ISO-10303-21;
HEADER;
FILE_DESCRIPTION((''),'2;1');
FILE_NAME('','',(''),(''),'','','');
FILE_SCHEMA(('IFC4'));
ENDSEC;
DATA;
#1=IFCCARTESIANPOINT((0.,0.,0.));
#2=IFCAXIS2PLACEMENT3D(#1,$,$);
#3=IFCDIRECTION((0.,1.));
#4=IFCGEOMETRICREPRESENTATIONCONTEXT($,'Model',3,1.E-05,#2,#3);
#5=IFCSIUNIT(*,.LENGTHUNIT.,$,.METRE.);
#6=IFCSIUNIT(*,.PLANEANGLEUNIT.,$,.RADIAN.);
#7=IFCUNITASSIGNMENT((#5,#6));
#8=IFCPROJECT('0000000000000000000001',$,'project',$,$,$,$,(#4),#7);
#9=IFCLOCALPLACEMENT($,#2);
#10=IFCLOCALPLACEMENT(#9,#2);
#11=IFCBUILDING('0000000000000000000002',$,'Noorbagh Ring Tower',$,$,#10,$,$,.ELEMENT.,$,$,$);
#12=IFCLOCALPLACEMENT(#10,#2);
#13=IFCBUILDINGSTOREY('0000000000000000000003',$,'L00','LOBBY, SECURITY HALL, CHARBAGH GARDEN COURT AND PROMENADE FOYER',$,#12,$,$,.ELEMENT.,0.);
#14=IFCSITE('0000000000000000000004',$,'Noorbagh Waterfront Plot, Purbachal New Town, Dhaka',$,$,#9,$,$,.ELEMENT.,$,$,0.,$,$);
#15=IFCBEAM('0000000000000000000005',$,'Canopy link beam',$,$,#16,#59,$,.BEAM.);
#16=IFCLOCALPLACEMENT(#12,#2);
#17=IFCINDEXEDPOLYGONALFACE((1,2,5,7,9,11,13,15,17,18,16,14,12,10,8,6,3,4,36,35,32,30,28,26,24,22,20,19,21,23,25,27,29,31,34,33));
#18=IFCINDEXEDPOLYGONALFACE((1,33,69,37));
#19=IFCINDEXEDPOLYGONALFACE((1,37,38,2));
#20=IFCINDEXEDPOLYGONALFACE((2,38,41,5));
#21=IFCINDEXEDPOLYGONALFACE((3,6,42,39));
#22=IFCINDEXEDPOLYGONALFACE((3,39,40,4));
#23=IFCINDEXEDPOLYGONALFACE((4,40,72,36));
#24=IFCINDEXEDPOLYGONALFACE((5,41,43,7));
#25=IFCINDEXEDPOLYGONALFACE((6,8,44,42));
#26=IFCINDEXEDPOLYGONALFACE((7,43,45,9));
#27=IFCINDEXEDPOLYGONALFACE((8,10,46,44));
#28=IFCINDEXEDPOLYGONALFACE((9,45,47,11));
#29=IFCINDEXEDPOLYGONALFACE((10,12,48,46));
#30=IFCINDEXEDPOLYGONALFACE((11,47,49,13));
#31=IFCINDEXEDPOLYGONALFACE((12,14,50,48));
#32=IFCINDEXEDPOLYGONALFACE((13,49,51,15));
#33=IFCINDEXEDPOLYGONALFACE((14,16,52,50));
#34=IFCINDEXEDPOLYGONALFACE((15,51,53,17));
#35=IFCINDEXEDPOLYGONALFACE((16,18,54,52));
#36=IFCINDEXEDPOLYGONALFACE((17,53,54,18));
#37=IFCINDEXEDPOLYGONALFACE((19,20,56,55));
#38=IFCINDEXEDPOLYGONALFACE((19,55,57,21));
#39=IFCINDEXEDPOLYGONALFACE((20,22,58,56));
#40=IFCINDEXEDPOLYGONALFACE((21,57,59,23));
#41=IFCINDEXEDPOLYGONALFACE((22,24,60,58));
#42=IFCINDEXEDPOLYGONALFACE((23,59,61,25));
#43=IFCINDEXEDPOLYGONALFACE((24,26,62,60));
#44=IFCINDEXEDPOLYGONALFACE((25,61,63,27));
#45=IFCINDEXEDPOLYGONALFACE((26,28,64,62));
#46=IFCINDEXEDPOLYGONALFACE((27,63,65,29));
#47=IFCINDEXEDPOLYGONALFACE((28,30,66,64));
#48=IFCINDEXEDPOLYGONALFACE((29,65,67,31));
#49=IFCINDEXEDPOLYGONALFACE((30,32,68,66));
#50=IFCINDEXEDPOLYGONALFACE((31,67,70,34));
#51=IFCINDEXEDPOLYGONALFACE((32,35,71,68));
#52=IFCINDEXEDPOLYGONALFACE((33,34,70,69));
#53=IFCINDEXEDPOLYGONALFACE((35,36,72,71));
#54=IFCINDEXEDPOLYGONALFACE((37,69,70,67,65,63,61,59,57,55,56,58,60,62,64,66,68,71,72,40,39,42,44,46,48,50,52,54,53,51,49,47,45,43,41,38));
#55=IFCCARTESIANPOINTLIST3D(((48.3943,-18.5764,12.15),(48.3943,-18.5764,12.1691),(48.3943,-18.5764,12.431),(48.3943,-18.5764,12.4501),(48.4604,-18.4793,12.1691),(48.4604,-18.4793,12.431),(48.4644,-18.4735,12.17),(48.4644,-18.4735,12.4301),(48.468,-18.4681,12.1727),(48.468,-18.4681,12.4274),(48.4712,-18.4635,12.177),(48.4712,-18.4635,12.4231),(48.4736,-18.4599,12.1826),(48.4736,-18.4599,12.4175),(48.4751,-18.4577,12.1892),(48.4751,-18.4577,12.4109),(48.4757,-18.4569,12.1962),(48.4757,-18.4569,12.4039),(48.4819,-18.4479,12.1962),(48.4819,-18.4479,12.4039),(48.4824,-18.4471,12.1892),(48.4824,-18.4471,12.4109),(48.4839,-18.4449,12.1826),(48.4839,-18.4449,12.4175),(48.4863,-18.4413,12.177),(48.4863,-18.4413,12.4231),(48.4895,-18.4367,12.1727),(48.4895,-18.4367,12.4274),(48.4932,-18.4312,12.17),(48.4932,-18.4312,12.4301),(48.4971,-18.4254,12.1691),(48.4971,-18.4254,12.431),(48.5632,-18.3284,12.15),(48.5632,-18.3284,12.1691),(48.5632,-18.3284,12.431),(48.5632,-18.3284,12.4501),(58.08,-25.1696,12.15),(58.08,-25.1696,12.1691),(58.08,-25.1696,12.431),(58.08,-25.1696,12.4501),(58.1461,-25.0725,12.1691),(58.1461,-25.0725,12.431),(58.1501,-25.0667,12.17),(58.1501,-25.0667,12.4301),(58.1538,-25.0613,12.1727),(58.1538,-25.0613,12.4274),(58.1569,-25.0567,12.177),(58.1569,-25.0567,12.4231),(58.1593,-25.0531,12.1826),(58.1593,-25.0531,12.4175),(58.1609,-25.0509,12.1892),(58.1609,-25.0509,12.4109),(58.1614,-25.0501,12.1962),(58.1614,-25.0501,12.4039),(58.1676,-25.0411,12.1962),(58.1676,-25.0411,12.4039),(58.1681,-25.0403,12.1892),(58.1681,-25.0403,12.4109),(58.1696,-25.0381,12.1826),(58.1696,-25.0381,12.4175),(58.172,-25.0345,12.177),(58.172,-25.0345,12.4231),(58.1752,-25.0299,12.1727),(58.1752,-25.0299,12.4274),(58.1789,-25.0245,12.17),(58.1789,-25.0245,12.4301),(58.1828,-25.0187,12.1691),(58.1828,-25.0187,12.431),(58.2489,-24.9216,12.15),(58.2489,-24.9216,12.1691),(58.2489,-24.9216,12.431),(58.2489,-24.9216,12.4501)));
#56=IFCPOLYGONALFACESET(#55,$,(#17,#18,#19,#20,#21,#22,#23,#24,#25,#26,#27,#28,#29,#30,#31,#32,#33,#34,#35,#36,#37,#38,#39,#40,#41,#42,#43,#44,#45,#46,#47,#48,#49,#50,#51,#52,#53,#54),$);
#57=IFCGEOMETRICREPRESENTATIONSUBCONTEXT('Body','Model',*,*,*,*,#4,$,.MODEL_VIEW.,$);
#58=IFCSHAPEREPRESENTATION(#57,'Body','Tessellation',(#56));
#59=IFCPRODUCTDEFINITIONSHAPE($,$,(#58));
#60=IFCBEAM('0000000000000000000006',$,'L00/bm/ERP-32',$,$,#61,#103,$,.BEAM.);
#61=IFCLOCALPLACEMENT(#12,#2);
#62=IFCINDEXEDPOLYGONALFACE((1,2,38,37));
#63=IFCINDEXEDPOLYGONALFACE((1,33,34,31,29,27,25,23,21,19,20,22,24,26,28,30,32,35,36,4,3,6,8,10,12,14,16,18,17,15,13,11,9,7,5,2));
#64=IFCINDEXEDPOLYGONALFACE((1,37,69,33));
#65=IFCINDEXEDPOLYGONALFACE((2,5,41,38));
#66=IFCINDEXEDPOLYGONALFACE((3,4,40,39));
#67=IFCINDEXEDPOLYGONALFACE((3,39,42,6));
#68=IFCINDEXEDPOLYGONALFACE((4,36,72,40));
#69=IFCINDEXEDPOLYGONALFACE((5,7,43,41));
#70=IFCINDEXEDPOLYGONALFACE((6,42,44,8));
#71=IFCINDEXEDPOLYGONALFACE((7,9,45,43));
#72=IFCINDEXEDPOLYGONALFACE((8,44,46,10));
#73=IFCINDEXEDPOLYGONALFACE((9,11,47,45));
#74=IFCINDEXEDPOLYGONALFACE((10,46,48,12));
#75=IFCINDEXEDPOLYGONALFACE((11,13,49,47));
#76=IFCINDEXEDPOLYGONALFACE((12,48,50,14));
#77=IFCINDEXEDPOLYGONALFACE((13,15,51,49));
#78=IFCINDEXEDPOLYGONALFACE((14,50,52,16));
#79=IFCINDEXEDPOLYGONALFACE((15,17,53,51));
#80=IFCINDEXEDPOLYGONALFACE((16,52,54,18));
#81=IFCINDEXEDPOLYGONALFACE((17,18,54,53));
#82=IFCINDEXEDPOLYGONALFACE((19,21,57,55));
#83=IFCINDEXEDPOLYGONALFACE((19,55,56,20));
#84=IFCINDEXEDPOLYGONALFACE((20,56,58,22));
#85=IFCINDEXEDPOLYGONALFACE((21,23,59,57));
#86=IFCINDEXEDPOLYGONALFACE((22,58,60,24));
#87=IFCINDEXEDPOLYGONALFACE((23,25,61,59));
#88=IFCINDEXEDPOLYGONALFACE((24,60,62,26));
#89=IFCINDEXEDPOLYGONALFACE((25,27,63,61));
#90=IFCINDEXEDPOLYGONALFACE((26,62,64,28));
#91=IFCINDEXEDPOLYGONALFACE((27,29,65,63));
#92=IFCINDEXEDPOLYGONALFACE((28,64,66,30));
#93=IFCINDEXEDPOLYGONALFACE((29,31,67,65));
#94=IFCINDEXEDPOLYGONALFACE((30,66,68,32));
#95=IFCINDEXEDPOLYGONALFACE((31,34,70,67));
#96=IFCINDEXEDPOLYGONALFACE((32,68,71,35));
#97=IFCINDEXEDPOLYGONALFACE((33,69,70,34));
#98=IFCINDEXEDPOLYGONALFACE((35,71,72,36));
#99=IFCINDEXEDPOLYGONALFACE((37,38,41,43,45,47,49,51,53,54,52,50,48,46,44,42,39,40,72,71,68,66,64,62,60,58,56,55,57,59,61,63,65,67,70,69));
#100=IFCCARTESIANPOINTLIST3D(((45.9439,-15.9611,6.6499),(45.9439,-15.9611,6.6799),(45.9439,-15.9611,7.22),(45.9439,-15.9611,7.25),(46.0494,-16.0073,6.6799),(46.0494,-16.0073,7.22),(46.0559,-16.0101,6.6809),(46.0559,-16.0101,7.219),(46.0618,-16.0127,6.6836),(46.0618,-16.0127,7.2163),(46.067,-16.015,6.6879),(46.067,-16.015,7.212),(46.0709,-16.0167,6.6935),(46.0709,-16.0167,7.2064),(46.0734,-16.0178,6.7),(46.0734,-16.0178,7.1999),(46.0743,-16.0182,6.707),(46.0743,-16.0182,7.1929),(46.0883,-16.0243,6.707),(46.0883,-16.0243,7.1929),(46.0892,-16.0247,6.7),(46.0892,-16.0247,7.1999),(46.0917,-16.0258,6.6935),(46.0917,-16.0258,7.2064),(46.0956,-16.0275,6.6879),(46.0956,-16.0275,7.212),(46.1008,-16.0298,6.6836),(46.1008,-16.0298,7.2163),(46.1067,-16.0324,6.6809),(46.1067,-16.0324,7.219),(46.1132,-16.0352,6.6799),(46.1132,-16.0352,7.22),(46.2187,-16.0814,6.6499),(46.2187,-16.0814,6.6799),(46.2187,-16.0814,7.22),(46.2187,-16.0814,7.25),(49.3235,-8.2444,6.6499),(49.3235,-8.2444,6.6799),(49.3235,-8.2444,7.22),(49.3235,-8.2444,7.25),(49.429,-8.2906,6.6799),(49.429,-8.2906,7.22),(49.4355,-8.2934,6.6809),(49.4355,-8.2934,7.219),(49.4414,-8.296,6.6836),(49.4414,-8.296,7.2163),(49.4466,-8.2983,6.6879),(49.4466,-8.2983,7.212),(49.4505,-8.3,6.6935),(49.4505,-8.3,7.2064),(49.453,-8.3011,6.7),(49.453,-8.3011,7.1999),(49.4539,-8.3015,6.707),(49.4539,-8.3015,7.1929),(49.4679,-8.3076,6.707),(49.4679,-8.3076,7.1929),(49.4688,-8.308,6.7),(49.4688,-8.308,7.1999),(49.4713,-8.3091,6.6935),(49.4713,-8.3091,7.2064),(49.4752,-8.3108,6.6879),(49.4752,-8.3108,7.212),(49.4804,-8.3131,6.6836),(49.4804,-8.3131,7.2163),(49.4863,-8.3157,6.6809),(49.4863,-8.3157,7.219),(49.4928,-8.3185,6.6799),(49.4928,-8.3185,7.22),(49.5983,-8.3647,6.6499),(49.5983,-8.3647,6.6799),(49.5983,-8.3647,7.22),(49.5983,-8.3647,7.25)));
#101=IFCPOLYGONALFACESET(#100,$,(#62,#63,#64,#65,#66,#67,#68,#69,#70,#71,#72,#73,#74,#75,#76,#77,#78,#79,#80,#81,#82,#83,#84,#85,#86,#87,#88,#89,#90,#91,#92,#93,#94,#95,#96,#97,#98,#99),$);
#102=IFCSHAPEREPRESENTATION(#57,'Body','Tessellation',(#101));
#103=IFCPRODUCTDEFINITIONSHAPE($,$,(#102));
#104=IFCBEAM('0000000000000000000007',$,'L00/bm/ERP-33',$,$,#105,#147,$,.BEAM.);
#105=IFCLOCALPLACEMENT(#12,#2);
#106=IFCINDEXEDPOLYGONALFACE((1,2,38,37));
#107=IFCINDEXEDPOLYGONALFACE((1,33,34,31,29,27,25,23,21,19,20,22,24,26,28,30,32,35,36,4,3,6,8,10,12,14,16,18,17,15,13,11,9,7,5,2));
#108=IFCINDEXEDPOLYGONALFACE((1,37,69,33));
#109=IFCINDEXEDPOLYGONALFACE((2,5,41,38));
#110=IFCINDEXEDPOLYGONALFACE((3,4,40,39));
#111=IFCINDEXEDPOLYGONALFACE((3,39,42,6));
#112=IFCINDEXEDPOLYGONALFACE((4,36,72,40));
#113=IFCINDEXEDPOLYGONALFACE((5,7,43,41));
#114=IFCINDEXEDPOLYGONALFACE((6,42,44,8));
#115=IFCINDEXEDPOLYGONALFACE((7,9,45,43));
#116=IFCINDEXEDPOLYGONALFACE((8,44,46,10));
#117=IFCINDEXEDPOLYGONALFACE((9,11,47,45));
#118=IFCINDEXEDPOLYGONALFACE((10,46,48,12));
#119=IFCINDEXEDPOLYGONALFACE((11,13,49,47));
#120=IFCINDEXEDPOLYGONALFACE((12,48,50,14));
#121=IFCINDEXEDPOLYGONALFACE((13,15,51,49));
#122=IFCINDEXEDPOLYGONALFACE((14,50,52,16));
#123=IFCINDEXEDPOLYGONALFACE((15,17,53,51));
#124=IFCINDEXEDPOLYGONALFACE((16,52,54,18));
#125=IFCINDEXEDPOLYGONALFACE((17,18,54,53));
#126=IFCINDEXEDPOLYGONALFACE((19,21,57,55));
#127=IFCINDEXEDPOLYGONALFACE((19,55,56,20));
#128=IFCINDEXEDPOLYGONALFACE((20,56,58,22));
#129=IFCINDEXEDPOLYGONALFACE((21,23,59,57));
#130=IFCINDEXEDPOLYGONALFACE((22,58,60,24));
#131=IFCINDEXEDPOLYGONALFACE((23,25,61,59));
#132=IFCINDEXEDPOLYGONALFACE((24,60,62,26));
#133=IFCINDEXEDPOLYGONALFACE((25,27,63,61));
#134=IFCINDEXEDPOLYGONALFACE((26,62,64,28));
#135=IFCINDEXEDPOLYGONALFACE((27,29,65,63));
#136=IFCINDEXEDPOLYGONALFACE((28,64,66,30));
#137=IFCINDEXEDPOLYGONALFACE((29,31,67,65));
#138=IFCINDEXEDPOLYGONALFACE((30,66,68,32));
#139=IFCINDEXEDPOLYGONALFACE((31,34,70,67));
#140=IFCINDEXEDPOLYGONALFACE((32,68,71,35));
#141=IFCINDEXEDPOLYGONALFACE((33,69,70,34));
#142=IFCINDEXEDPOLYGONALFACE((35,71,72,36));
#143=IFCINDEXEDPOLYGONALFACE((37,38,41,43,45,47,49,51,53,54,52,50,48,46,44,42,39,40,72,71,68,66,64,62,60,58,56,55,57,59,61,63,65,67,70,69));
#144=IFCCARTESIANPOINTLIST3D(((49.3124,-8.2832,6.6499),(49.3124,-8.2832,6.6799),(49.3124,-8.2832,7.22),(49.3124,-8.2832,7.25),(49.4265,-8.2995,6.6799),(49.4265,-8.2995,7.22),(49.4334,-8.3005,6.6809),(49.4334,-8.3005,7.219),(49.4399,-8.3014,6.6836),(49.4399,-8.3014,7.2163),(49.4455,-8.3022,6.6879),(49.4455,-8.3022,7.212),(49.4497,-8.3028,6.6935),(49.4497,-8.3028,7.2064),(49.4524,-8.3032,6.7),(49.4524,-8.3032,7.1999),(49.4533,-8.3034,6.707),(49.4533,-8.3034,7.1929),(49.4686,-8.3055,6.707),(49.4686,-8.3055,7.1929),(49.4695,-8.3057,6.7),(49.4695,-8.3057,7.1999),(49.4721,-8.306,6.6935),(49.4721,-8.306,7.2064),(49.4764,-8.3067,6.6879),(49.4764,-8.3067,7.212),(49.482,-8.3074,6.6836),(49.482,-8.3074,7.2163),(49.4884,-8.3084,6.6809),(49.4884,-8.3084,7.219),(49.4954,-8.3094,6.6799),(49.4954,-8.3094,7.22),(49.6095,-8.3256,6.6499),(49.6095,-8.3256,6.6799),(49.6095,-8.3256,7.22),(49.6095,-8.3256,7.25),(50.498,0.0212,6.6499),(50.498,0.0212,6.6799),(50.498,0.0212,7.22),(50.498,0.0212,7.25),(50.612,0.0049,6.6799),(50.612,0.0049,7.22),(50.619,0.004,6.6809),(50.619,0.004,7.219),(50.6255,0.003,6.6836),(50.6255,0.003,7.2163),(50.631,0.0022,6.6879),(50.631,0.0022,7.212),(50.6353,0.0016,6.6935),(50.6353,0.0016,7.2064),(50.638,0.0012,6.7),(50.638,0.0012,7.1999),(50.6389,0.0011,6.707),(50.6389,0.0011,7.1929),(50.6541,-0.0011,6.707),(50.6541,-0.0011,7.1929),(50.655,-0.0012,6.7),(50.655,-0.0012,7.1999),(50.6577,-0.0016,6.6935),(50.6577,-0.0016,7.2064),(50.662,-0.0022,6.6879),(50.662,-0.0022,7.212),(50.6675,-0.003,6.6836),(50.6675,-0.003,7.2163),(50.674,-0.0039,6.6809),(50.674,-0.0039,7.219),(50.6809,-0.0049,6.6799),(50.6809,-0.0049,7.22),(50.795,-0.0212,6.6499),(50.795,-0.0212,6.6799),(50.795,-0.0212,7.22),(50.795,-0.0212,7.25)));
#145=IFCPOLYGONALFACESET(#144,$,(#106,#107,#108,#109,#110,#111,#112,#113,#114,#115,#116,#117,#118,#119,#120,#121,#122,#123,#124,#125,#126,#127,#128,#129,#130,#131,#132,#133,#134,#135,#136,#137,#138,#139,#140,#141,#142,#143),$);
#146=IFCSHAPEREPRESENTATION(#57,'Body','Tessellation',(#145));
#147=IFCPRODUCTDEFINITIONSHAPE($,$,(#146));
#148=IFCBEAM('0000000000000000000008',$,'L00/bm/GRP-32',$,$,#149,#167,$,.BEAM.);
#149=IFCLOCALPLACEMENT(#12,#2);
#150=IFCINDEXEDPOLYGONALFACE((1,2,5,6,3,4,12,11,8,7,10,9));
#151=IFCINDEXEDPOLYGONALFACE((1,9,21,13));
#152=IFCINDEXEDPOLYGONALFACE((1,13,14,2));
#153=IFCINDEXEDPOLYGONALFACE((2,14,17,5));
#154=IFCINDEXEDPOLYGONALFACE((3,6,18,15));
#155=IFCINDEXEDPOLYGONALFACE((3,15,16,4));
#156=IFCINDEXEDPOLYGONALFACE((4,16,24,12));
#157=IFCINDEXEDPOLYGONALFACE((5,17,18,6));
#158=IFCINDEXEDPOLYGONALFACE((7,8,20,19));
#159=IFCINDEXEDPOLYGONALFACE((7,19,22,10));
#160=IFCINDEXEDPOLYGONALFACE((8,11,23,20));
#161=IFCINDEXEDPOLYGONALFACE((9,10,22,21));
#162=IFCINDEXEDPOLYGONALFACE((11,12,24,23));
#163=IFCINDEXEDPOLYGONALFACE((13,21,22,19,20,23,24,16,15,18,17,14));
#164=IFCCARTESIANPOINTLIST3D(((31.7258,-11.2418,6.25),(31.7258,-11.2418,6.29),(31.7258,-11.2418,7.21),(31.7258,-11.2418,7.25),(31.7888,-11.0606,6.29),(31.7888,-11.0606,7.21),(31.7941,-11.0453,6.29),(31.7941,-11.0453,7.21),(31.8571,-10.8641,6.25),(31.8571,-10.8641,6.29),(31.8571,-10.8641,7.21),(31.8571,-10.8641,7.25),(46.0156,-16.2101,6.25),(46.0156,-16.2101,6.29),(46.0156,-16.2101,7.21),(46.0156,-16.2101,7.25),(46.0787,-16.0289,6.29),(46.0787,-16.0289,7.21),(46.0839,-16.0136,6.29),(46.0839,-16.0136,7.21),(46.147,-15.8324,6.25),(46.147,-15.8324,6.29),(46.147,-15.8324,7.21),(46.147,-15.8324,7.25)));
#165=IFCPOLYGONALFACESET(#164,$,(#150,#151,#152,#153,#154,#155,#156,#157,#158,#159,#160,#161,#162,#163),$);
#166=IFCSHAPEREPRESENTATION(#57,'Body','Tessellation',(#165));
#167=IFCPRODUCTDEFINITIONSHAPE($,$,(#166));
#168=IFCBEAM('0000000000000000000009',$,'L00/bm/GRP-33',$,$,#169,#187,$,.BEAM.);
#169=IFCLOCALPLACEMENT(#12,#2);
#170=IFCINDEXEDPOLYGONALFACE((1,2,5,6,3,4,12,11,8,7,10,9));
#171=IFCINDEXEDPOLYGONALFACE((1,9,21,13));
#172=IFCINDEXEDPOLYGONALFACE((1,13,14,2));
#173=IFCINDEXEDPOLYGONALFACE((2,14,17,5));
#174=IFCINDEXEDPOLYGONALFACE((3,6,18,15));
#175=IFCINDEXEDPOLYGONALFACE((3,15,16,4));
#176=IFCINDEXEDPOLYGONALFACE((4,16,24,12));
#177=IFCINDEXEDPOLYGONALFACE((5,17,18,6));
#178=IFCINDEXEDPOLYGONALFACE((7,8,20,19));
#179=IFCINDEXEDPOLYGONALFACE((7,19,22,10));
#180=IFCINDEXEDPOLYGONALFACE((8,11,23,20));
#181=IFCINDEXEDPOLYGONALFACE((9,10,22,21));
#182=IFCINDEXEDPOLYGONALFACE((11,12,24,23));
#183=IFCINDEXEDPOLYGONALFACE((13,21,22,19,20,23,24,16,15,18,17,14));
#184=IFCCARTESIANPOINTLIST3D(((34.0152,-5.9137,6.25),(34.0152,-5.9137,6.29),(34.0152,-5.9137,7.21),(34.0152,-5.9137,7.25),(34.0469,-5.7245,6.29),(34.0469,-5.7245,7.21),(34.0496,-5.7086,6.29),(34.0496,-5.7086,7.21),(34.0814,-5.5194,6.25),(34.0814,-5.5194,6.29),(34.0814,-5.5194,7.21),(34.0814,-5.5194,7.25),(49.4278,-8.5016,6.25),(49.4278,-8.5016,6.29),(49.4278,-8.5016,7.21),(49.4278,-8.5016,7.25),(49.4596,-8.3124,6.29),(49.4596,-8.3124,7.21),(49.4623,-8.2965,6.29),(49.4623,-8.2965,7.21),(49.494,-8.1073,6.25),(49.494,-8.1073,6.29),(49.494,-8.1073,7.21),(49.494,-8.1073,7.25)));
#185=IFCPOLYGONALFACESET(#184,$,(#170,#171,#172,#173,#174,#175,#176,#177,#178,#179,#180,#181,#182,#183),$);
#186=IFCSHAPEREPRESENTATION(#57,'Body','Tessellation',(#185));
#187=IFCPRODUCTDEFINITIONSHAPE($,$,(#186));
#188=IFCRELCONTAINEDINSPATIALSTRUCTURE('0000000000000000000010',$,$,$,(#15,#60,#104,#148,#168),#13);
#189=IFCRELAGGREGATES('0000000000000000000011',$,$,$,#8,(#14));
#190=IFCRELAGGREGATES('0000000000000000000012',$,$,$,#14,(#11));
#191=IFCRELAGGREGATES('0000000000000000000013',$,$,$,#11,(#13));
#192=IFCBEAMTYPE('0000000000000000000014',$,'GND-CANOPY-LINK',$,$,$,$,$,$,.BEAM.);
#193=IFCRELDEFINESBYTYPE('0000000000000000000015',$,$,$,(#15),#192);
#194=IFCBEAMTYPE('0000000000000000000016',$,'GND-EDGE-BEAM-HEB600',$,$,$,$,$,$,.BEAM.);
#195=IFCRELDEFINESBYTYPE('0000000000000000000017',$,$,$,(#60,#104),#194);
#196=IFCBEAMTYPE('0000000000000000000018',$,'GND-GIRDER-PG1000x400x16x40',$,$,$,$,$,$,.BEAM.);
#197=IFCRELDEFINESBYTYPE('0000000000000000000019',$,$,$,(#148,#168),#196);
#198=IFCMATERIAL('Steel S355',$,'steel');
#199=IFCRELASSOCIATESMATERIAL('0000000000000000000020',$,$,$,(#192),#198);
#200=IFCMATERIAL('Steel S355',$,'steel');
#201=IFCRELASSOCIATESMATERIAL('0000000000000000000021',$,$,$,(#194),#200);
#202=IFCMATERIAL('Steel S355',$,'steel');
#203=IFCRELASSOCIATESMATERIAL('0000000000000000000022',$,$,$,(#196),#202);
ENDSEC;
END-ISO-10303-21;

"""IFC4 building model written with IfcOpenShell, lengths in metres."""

from ifc_helpers import new_model, si_unit, direction, frame, origin, origin_2d, place, context, subcontext, project, spatial, i_section, extrude, material, material_profile, profile_set, type_object, element, save


model = new_model("IFC4")

# Units and contexts
model_context = context("Model", 3, precision=1e-05, world=origin(), true_north=direction((0.0, 1.0)))
body_context = subcontext(model_context, "Body", "Model", "MODEL_VIEW")
ifc_project = project(units=[si_unit("LENGTHUNIT", "METRE"), si_unit("PLANEANGLEUNIT", "RADIAN")], contexts=[model_context])

# Site, building, storey
site_placement = place(None, origin())
site = spatial("IfcSite", under=ifc_project, at=site_placement, Name="Noorbagh Waterfront Plot, Purbachal New Town, Dhaka", CompositionType="ELEMENT", RefElevation=0.0)
building_placement = place(site_placement, origin())
building = spatial("IfcBuilding", under=site, at=building_placement, Name="Noorbagh Ring Tower", CompositionType="ELEMENT")
storey_placement = place(building_placement, origin())
storey = spatial("IfcBuildingStorey", under=building, at=storey_placement, Name="L00", Description="LOBBY, SECURITY HALL, CHARBAGH GARDEN COURT AND PROMENADE FOYER", CompositionType="ELEMENT", Elevation=0.0)

# Beams
ifc_material_1 = material(Name="Steel S355", Category="steel")
ifc_material_profile_1 = material_profile(ifc_material_1, i_section(OverallWidth=0.3, OverallDepth=0.3, WebThickness=0.011, FlangeThickness=0.019, FilletRadius=0.0271, at=origin_2d()), Name="HEB300")
ifc_profile_set_1 = profile_set([ifc_material_profile_1], Name="Steel S355")
beam_type_1 = type_object("IfcBeamType", Name="GND-CANOPY-LINK", PredefinedType="BEAM", material=ifc_profile_set_1)
beam_1_placement = place(storey_placement, frame((48.4788, -18.4524, 12.3), z_axis=(0.826652, -0.562714, 0.0), x_axis=(0.562714, 0.826652, 0.0)))
element("IfcBeam", 1, at=beam_1_placement, inside=storey, type_object=beam_type_1, Name="Canopy link beam", PredefinedType="BEAM", context=body_context, shape_type="SweptSolid", body=[
    extrude(i_section(OverallWidth=0.3, OverallDepth=0.3, WebThickness=0.011, FlangeThickness=0.019, FilletRadius=0.0271, at=origin_2d()), origin(), (0.0, 0.0, 1.0), 11.7168),
])
ifc_material_2 = material(Name="Steel S355", Category="steel")
ifc_material_profile_2 = material_profile(ifc_material_2, i_section(OverallWidth=0.3, OverallDepth=0.6001, WebThickness=0.0154, FlangeThickness=0.03, FilletRadius=0.0271, at=origin_2d()), Name="HEB600")
ifc_profile_set_2 = profile_set([ifc_material_profile_2], Name="Steel S355")
beam_type_2 = type_object("IfcBeamType", Name="GND-EDGE-BEAM-HEB600", PredefinedType="BEAM", material=ifc_profile_set_2)
beam_2_placement = place(storey_placement, frame((46.0813, -16.0212, 6.95), z_axis=(0.401172, 0.916003, 0.0), x_axis=(-0.916003, 0.401172, 0.0)))
element("IfcBeam", 2, at=beam_2_placement, inside=storey, type_object=beam_type_2, Name="L00/bm/ERP-32", PredefinedType="BEAM", context=body_context, shape_type="SweptSolid", body=[
    extrude(i_section(OverallWidth=0.3, OverallDepth=0.6001, WebThickness=0.0154, FlangeThickness=0.03, FilletRadius=0.0271, at=origin_2d()), origin(), (0.0, 0.0, 1.0), 8.4243),
])
beam_3_placement = place(storey_placement, frame((49.4609, -8.3044, 6.95), z_axis=(0.141328, 0.989963, 0.0), x_axis=(-0.989963, 0.141328, 0.0)))
element("IfcBeam", 3, at=beam_3_placement, inside=storey, type_object=beam_type_2, Name="L00/bm/ERP-33", PredefinedType="BEAM", context=body_context, shape_type="SweptSolid", body=[
    extrude(i_section(OverallWidth=0.3, OverallDepth=0.6001, WebThickness=0.0154, FlangeThickness=0.03, FilletRadius=0.0271, at=origin_2d()), origin(), (0.0, 0.0, 1.0), 8.3887),
])
ifc_material_3 = material(Name="Steel S355", Category="steel")
ifc_material_profile_3 = material_profile(ifc_material_3, i_section(OverallWidth=0.3999, OverallDepth=1.0, WebThickness=0.0161, FlangeThickness=0.04, at=origin_2d()), Name="PG1000x400x16x40")
ifc_profile_set_3 = profile_set([ifc_material_profile_3], Name="Steel S355")
beam_type_3 = type_object("IfcBeamType", Name="GND-GIRDER-PG1000x400x16x40", PredefinedType="BEAM", material=ifc_profile_set_3)
beam_4_placement = place(storey_placement, frame((46.0813, -16.0212, 6.75), z_axis=(-0.94454, 0.328397, 0.0), x_axis=(-0.328397, -0.94454, 0.0)))
element("IfcBeam", 4, at=beam_4_placement, inside=storey, type_object=beam_type_3, Name="L00/bm/GRP-32", PredefinedType="BEAM", context=body_context, shape_type="SweptSolid", body=[
    extrude(i_section(OverallWidth=0.3999, OverallDepth=1.0, WebThickness=0.0161, FlangeThickness=0.04, at=origin_2d()), origin(), (0.0, 0.0, 1.0), 15.1289),
])
beam_5_placement = place(storey_placement, frame((49.4609, -8.3044, 6.75), z_axis=(-0.986195, 0.165589, 0.0), x_axis=(-0.165589, -0.986195, 0.0)))
element("IfcBeam", 5, at=beam_5_placement, inside=storey, type_object=beam_type_3, Name="L00/bm/GRP-33", PredefinedType="BEAM", context=body_context, shape_type="SweptSolid", body=[
    extrude(i_section(OverallWidth=0.3999, OverallDepth=1.0, WebThickness=0.0161, FlangeThickness=0.04, at=origin_2d()), origin(), (0.0, 0.0, 1.0), 15.6284),
])

save(model, "model.ifc")
